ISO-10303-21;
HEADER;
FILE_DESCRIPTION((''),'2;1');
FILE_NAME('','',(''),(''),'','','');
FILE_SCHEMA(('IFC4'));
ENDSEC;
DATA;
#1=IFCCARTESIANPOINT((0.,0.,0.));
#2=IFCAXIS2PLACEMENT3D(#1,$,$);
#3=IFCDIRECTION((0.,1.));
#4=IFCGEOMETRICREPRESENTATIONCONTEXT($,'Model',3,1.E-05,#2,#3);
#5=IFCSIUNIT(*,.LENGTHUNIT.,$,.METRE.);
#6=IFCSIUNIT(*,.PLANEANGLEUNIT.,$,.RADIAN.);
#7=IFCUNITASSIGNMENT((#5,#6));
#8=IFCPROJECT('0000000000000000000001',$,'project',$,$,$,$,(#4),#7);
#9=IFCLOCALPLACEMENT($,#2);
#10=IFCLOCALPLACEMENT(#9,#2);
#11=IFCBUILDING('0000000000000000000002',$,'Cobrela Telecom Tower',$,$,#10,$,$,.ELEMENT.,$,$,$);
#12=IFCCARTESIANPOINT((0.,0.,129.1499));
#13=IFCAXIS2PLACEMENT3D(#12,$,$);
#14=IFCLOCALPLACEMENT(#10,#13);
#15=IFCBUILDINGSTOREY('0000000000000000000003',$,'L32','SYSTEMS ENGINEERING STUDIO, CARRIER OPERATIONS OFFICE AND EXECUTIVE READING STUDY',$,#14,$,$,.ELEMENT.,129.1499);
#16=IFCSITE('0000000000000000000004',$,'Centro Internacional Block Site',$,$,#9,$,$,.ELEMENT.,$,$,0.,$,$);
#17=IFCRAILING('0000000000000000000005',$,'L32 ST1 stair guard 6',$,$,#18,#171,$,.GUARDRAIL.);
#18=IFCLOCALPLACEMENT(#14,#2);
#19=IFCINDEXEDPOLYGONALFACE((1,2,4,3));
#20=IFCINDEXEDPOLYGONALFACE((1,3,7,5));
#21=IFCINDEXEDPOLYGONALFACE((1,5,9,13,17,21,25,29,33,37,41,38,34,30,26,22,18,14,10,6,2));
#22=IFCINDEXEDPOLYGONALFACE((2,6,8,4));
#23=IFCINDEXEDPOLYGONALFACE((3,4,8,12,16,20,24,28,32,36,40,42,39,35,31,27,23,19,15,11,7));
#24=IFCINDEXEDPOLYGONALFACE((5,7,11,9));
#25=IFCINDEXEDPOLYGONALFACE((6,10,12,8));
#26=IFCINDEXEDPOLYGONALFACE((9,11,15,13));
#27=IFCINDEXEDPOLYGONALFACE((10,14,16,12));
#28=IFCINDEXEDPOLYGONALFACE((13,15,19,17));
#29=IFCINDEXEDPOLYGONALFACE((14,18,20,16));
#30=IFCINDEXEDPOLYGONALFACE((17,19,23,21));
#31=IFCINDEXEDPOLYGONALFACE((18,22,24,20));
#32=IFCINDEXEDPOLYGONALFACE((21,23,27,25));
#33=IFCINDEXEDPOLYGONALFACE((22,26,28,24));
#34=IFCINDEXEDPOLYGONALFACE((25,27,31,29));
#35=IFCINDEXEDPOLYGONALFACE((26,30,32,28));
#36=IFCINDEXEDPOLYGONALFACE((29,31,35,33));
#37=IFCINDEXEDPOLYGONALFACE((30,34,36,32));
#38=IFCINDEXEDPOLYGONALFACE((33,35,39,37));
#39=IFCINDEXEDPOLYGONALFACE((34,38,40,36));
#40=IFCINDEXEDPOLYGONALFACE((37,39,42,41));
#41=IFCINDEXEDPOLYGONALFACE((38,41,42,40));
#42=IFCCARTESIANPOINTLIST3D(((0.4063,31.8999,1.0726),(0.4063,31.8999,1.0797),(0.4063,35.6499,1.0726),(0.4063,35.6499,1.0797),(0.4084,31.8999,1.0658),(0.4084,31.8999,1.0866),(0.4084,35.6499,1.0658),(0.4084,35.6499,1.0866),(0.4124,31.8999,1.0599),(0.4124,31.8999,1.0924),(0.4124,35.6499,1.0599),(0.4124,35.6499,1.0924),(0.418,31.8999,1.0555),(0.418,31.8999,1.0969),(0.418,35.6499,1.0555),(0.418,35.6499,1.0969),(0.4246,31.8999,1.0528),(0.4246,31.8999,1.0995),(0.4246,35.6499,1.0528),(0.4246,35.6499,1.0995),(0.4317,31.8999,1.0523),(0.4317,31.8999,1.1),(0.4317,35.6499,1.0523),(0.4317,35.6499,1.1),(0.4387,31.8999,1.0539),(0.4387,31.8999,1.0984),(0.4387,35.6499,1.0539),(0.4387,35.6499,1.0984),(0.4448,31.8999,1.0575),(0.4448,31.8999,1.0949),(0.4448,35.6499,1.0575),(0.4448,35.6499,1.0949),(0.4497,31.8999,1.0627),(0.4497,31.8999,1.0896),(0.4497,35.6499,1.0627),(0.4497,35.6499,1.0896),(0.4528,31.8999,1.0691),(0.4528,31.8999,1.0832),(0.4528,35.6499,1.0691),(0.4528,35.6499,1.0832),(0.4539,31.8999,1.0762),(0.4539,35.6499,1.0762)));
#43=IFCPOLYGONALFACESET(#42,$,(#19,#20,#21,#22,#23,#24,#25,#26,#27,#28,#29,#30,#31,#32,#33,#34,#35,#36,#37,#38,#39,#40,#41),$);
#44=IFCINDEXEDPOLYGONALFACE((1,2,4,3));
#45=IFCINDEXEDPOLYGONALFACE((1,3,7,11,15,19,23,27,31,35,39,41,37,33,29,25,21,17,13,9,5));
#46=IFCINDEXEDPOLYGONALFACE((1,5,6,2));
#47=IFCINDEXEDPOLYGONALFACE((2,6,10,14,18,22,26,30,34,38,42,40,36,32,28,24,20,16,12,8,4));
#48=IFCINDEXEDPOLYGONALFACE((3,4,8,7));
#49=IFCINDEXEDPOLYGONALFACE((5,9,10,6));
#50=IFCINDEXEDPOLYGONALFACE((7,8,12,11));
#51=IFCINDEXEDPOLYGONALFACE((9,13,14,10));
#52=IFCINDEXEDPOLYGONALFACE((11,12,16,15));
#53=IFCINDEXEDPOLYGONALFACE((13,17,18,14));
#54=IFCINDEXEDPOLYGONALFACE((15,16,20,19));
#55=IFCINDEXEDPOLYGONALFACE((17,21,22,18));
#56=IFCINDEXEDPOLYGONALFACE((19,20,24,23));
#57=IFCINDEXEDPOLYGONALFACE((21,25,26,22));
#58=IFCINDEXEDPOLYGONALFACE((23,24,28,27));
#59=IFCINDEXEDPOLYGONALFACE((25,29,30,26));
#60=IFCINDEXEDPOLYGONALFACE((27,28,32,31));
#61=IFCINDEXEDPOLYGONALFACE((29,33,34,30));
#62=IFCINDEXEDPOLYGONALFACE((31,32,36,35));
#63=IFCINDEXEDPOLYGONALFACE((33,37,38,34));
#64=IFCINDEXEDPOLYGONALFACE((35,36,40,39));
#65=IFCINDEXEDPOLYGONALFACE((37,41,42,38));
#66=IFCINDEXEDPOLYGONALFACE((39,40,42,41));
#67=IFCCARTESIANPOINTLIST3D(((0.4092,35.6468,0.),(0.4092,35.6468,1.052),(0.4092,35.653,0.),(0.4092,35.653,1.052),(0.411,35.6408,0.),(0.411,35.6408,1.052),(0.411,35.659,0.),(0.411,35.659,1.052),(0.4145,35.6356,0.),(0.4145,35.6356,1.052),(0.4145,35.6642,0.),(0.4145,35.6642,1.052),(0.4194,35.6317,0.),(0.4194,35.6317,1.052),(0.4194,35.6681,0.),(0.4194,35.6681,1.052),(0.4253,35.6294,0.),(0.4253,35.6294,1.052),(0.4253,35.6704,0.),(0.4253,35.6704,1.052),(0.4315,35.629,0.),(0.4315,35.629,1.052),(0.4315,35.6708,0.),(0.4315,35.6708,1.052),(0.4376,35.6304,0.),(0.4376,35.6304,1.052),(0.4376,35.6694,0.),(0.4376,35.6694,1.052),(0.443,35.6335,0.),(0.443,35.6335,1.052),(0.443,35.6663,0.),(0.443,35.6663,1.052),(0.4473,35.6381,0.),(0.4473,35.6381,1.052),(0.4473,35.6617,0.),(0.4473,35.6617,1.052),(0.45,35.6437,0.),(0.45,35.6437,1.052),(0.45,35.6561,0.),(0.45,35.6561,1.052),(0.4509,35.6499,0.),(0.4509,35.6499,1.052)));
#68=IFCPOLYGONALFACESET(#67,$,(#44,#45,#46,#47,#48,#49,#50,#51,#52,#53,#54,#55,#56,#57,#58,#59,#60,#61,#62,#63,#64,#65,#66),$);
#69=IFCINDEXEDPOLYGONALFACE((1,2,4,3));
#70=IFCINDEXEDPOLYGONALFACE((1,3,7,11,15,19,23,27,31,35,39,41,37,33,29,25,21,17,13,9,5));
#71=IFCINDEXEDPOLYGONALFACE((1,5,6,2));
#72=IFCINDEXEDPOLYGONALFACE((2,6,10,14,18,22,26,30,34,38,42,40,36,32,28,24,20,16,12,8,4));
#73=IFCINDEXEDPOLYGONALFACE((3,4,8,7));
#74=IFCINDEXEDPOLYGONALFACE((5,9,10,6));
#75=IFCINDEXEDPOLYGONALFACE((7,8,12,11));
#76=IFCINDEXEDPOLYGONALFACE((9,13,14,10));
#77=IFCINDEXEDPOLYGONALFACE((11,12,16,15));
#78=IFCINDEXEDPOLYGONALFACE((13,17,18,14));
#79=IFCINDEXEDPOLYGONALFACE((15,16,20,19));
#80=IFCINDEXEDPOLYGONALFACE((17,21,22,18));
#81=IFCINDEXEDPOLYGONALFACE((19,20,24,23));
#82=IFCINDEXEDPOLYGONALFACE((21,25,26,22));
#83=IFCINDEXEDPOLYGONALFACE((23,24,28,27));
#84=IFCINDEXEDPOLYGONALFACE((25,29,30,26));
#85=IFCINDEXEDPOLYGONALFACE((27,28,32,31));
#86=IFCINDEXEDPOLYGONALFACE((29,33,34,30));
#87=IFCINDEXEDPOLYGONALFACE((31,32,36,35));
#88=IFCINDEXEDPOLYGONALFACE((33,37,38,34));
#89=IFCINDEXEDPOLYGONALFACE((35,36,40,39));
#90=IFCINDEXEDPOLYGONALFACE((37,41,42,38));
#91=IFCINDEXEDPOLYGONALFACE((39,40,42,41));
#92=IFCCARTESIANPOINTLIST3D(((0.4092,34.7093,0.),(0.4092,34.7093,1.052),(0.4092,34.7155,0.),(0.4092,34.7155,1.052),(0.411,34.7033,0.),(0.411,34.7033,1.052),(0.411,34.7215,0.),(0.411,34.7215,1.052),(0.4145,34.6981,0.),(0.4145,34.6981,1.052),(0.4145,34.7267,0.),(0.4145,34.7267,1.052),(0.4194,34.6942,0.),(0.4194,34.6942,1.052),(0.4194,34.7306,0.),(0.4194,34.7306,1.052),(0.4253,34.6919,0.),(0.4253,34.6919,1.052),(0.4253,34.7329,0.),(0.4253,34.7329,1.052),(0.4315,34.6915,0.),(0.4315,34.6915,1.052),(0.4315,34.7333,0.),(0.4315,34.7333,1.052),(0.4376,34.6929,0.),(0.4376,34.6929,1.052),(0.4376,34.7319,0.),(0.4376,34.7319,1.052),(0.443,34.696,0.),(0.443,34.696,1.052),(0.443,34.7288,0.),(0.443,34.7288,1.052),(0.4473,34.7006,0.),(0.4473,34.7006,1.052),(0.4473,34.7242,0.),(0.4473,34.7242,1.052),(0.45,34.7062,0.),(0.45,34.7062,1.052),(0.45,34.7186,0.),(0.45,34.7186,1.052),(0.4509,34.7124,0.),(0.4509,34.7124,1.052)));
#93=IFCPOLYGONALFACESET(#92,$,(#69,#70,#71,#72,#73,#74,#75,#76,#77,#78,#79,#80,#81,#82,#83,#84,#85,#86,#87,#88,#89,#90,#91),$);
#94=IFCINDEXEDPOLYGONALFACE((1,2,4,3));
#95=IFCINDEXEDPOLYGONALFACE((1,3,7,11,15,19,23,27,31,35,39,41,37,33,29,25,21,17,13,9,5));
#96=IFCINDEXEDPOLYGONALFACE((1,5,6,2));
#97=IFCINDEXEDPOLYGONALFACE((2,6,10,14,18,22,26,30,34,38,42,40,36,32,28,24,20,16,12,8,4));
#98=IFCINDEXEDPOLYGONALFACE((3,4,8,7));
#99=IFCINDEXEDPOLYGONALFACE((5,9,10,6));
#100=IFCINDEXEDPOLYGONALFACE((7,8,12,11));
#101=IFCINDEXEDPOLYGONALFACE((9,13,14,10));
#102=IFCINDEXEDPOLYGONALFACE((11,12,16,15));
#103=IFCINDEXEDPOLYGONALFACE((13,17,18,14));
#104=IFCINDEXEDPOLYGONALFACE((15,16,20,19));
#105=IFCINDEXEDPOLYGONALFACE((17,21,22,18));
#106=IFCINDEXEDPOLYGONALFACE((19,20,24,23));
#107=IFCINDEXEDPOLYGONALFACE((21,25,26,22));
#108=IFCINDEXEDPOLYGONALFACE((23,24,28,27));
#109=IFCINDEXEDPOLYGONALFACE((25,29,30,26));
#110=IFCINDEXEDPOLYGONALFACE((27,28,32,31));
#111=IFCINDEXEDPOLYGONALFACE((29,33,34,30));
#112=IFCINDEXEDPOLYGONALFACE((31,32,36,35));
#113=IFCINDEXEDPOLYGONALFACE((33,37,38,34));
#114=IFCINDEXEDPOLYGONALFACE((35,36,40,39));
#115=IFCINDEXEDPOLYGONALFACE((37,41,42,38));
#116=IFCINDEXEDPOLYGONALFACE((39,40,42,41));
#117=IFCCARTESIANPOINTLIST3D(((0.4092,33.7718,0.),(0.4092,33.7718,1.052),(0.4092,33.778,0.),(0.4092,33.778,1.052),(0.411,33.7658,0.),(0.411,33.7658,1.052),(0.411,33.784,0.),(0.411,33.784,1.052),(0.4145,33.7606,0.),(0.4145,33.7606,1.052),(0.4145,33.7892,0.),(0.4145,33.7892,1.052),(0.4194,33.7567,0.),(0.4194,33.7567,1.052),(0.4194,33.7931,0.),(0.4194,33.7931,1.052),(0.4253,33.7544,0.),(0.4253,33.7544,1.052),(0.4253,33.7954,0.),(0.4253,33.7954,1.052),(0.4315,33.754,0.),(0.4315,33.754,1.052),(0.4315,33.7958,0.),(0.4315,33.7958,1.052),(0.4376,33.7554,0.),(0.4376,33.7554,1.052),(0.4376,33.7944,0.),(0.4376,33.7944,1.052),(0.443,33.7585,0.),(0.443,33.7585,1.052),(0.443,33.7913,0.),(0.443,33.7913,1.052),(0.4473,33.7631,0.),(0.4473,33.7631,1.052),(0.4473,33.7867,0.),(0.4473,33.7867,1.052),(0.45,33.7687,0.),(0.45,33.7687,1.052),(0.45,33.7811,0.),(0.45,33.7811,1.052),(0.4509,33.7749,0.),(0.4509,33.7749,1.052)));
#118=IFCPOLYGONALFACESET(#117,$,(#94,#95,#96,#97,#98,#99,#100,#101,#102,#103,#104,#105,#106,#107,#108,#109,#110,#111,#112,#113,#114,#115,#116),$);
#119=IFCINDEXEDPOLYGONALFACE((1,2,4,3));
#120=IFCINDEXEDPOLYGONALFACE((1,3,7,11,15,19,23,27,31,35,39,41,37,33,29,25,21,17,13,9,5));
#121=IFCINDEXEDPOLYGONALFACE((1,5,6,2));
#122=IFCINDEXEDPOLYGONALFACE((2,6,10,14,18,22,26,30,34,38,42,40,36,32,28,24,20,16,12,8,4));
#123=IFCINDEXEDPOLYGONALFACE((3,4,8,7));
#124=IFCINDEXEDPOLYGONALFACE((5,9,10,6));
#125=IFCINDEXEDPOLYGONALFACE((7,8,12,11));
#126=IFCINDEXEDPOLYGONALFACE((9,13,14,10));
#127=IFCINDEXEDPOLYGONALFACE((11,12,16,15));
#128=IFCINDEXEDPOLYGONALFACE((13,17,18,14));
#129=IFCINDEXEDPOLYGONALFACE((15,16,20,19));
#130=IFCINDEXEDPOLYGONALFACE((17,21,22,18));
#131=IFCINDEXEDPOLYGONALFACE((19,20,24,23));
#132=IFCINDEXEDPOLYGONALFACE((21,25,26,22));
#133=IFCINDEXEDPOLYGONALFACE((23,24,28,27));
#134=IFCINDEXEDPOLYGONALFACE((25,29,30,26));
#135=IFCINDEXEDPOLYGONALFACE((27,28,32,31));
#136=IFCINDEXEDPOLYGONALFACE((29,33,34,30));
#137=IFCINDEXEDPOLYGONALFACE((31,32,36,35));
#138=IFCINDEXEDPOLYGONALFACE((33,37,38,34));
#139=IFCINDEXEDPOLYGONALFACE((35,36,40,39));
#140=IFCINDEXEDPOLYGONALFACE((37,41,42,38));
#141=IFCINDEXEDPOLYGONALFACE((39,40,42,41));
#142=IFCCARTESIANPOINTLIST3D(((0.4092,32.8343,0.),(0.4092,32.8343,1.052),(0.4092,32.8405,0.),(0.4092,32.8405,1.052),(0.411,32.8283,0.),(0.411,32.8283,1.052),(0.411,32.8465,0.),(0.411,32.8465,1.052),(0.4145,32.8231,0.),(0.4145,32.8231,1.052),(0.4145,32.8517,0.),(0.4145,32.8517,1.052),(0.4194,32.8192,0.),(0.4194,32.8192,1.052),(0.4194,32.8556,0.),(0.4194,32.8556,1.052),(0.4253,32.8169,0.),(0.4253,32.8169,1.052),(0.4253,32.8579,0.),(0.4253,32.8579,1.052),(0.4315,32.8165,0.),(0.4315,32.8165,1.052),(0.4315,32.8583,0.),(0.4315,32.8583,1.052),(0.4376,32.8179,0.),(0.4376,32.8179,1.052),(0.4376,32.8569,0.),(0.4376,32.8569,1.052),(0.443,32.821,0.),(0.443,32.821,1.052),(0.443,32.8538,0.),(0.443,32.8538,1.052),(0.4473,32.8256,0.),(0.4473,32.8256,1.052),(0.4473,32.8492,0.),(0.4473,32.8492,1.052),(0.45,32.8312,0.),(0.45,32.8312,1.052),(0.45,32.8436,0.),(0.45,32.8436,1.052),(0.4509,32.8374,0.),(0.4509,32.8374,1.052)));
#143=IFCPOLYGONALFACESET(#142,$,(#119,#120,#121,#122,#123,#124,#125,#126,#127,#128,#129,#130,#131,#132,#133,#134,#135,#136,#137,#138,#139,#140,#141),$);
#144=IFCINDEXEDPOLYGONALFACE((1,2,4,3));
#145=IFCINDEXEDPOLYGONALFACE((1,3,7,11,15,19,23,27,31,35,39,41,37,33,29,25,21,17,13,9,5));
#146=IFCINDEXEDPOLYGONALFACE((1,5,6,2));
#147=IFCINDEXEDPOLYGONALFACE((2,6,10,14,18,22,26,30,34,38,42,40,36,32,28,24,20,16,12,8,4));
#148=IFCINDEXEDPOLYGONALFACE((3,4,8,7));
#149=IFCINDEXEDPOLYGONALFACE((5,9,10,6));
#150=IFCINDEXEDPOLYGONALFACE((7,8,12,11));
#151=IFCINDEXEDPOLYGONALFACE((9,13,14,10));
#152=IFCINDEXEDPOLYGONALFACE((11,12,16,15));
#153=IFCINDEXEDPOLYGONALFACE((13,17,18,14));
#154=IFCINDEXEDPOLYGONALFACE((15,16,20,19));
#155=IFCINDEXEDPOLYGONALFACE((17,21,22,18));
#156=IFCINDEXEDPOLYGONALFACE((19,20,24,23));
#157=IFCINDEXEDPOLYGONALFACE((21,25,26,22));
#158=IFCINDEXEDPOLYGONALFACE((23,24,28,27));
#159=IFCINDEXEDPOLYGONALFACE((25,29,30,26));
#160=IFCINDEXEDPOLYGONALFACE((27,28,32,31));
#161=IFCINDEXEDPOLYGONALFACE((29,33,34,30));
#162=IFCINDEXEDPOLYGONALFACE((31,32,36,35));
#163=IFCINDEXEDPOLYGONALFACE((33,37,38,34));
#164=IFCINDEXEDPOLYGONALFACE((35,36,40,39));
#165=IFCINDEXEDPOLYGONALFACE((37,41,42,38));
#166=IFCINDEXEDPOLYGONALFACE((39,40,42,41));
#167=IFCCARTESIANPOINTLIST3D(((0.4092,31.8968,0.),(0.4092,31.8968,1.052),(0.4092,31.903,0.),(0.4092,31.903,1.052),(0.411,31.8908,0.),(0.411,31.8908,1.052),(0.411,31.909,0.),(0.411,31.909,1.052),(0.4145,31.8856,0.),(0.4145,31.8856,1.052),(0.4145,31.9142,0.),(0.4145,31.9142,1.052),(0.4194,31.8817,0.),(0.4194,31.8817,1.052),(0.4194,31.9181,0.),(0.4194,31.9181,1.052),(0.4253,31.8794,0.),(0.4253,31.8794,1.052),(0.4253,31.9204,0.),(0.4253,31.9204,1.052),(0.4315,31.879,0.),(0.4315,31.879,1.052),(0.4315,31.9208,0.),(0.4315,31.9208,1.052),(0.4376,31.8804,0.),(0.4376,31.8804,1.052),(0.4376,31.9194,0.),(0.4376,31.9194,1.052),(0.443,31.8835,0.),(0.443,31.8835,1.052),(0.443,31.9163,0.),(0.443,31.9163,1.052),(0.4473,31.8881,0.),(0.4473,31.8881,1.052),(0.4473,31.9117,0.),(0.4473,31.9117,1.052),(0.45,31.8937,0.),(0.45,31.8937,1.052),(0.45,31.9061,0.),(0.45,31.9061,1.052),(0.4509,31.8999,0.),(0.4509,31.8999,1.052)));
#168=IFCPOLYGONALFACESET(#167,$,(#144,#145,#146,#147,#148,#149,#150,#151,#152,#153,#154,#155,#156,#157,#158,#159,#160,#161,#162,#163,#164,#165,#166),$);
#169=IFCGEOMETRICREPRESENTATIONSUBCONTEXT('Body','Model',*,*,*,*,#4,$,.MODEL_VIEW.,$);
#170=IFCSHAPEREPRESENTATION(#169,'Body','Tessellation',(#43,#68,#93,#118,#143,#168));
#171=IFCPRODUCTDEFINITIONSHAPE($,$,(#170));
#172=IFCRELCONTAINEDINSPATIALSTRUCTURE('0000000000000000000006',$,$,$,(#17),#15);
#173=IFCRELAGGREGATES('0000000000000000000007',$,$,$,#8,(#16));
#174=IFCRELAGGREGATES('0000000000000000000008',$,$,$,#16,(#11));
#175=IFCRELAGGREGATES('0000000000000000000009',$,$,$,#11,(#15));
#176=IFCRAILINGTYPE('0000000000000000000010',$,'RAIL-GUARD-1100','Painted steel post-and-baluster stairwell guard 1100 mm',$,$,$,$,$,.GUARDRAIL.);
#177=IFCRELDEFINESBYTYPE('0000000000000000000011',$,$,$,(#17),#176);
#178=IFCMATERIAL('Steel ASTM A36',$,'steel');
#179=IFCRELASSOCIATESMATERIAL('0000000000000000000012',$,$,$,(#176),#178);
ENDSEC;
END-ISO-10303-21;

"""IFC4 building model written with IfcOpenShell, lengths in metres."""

from ifc_helpers import new_model, si_unit, direction, frame, origin, origin_2d, place, context, subcontext, project, spatial, circle, extrude, material, type_object, element, save


model = new_model("IFC4")

# Units and contexts
model_context = context("Model", 3, precision=1e-05, world=origin(), true_north=direction((0.0, 1.0)))
body_context = subcontext(model_context, "Body", "Model", "MODEL_VIEW")
ifc_project = project(units=[si_unit("LENGTHUNIT", "METRE"), si_unit("PLANEANGLEUNIT", "RADIAN")], contexts=[model_context])

# Site, building, storey
site_placement = place(None, origin())
site = spatial("IfcSite", under=ifc_project, at=site_placement, Name="Centro Internacional Block Site", CompositionType="ELEMENT", RefElevation=0.0)
building_placement = place(site_placement, origin())
building = spatial("IfcBuilding", under=site, at=building_placement, Name="Cobrela Telecom Tower", CompositionType="ELEMENT")
storey_placement = place(building_placement, frame((0.0, 0.0, 129.1499)))
storey = spatial("IfcBuildingStorey", under=building, at=storey_placement, Name="L32", Description="SYSTEMS ENGINEERING STUDIO, CARRIER OPERATIONS OFFICE AND EXECUTIVE READING STUDY", CompositionType="ELEMENT", Elevation=129.1499)

# Shared definitions
ifc_material_1 = material(Name="Steel ASTM A36", Category="steel")

# Railing
railing_type_1 = type_object("IfcRailingType", Name="RAIL-GUARD-1100", Description="Painted steel post-and-baluster stairwell guard 1100 mm", PredefinedType="GUARDRAIL", material=ifc_material_1)
railing_1_placement = place(storey_placement, frame((0.4299, 35.6499, 0.0)))
element("IfcRailing", 1, at=railing_1_placement, inside=storey, type_object=railing_type_1, Name="L32 ST1 stair guard 6", PredefinedType="GUARDRAIL", context=body_context, shape_type="SweptSolid", body=[
    extrude(circle(Radius=0.0239, at=origin_2d()), frame((0.0, 0.0, 1.0762), z_axis=(0.0, -1.0, 0.0), x_axis=(1.0, 0.0, 0.0)), (0.0, 0.0, 1.0), 3.75),
    extrude(circle(Radius=0.021, at=origin_2d()), origin(), (0.0, 0.0, 1.0), 1.052),
    extrude(circle(Radius=0.021, at=origin_2d()), frame((0.0, -0.9375, 0.0)), (0.0, 0.0, 1.0), 1.052),
    extrude(circle(Radius=0.021, at=origin_2d()), frame((0.0, -1.875, 0.0)), (0.0, 0.0, 1.0), 1.052),
    extrude(circle(Radius=0.021, at=origin_2d()), frame((0.0, -2.8125, 0.0)), (0.0, 0.0, 1.0), 1.052),
    extrude(circle(Radius=0.021, at=origin_2d()), frame((0.0, -3.75, 0.0)), (0.0, 0.0, 1.0), 1.052),
])

save(model, "model.ifc")
